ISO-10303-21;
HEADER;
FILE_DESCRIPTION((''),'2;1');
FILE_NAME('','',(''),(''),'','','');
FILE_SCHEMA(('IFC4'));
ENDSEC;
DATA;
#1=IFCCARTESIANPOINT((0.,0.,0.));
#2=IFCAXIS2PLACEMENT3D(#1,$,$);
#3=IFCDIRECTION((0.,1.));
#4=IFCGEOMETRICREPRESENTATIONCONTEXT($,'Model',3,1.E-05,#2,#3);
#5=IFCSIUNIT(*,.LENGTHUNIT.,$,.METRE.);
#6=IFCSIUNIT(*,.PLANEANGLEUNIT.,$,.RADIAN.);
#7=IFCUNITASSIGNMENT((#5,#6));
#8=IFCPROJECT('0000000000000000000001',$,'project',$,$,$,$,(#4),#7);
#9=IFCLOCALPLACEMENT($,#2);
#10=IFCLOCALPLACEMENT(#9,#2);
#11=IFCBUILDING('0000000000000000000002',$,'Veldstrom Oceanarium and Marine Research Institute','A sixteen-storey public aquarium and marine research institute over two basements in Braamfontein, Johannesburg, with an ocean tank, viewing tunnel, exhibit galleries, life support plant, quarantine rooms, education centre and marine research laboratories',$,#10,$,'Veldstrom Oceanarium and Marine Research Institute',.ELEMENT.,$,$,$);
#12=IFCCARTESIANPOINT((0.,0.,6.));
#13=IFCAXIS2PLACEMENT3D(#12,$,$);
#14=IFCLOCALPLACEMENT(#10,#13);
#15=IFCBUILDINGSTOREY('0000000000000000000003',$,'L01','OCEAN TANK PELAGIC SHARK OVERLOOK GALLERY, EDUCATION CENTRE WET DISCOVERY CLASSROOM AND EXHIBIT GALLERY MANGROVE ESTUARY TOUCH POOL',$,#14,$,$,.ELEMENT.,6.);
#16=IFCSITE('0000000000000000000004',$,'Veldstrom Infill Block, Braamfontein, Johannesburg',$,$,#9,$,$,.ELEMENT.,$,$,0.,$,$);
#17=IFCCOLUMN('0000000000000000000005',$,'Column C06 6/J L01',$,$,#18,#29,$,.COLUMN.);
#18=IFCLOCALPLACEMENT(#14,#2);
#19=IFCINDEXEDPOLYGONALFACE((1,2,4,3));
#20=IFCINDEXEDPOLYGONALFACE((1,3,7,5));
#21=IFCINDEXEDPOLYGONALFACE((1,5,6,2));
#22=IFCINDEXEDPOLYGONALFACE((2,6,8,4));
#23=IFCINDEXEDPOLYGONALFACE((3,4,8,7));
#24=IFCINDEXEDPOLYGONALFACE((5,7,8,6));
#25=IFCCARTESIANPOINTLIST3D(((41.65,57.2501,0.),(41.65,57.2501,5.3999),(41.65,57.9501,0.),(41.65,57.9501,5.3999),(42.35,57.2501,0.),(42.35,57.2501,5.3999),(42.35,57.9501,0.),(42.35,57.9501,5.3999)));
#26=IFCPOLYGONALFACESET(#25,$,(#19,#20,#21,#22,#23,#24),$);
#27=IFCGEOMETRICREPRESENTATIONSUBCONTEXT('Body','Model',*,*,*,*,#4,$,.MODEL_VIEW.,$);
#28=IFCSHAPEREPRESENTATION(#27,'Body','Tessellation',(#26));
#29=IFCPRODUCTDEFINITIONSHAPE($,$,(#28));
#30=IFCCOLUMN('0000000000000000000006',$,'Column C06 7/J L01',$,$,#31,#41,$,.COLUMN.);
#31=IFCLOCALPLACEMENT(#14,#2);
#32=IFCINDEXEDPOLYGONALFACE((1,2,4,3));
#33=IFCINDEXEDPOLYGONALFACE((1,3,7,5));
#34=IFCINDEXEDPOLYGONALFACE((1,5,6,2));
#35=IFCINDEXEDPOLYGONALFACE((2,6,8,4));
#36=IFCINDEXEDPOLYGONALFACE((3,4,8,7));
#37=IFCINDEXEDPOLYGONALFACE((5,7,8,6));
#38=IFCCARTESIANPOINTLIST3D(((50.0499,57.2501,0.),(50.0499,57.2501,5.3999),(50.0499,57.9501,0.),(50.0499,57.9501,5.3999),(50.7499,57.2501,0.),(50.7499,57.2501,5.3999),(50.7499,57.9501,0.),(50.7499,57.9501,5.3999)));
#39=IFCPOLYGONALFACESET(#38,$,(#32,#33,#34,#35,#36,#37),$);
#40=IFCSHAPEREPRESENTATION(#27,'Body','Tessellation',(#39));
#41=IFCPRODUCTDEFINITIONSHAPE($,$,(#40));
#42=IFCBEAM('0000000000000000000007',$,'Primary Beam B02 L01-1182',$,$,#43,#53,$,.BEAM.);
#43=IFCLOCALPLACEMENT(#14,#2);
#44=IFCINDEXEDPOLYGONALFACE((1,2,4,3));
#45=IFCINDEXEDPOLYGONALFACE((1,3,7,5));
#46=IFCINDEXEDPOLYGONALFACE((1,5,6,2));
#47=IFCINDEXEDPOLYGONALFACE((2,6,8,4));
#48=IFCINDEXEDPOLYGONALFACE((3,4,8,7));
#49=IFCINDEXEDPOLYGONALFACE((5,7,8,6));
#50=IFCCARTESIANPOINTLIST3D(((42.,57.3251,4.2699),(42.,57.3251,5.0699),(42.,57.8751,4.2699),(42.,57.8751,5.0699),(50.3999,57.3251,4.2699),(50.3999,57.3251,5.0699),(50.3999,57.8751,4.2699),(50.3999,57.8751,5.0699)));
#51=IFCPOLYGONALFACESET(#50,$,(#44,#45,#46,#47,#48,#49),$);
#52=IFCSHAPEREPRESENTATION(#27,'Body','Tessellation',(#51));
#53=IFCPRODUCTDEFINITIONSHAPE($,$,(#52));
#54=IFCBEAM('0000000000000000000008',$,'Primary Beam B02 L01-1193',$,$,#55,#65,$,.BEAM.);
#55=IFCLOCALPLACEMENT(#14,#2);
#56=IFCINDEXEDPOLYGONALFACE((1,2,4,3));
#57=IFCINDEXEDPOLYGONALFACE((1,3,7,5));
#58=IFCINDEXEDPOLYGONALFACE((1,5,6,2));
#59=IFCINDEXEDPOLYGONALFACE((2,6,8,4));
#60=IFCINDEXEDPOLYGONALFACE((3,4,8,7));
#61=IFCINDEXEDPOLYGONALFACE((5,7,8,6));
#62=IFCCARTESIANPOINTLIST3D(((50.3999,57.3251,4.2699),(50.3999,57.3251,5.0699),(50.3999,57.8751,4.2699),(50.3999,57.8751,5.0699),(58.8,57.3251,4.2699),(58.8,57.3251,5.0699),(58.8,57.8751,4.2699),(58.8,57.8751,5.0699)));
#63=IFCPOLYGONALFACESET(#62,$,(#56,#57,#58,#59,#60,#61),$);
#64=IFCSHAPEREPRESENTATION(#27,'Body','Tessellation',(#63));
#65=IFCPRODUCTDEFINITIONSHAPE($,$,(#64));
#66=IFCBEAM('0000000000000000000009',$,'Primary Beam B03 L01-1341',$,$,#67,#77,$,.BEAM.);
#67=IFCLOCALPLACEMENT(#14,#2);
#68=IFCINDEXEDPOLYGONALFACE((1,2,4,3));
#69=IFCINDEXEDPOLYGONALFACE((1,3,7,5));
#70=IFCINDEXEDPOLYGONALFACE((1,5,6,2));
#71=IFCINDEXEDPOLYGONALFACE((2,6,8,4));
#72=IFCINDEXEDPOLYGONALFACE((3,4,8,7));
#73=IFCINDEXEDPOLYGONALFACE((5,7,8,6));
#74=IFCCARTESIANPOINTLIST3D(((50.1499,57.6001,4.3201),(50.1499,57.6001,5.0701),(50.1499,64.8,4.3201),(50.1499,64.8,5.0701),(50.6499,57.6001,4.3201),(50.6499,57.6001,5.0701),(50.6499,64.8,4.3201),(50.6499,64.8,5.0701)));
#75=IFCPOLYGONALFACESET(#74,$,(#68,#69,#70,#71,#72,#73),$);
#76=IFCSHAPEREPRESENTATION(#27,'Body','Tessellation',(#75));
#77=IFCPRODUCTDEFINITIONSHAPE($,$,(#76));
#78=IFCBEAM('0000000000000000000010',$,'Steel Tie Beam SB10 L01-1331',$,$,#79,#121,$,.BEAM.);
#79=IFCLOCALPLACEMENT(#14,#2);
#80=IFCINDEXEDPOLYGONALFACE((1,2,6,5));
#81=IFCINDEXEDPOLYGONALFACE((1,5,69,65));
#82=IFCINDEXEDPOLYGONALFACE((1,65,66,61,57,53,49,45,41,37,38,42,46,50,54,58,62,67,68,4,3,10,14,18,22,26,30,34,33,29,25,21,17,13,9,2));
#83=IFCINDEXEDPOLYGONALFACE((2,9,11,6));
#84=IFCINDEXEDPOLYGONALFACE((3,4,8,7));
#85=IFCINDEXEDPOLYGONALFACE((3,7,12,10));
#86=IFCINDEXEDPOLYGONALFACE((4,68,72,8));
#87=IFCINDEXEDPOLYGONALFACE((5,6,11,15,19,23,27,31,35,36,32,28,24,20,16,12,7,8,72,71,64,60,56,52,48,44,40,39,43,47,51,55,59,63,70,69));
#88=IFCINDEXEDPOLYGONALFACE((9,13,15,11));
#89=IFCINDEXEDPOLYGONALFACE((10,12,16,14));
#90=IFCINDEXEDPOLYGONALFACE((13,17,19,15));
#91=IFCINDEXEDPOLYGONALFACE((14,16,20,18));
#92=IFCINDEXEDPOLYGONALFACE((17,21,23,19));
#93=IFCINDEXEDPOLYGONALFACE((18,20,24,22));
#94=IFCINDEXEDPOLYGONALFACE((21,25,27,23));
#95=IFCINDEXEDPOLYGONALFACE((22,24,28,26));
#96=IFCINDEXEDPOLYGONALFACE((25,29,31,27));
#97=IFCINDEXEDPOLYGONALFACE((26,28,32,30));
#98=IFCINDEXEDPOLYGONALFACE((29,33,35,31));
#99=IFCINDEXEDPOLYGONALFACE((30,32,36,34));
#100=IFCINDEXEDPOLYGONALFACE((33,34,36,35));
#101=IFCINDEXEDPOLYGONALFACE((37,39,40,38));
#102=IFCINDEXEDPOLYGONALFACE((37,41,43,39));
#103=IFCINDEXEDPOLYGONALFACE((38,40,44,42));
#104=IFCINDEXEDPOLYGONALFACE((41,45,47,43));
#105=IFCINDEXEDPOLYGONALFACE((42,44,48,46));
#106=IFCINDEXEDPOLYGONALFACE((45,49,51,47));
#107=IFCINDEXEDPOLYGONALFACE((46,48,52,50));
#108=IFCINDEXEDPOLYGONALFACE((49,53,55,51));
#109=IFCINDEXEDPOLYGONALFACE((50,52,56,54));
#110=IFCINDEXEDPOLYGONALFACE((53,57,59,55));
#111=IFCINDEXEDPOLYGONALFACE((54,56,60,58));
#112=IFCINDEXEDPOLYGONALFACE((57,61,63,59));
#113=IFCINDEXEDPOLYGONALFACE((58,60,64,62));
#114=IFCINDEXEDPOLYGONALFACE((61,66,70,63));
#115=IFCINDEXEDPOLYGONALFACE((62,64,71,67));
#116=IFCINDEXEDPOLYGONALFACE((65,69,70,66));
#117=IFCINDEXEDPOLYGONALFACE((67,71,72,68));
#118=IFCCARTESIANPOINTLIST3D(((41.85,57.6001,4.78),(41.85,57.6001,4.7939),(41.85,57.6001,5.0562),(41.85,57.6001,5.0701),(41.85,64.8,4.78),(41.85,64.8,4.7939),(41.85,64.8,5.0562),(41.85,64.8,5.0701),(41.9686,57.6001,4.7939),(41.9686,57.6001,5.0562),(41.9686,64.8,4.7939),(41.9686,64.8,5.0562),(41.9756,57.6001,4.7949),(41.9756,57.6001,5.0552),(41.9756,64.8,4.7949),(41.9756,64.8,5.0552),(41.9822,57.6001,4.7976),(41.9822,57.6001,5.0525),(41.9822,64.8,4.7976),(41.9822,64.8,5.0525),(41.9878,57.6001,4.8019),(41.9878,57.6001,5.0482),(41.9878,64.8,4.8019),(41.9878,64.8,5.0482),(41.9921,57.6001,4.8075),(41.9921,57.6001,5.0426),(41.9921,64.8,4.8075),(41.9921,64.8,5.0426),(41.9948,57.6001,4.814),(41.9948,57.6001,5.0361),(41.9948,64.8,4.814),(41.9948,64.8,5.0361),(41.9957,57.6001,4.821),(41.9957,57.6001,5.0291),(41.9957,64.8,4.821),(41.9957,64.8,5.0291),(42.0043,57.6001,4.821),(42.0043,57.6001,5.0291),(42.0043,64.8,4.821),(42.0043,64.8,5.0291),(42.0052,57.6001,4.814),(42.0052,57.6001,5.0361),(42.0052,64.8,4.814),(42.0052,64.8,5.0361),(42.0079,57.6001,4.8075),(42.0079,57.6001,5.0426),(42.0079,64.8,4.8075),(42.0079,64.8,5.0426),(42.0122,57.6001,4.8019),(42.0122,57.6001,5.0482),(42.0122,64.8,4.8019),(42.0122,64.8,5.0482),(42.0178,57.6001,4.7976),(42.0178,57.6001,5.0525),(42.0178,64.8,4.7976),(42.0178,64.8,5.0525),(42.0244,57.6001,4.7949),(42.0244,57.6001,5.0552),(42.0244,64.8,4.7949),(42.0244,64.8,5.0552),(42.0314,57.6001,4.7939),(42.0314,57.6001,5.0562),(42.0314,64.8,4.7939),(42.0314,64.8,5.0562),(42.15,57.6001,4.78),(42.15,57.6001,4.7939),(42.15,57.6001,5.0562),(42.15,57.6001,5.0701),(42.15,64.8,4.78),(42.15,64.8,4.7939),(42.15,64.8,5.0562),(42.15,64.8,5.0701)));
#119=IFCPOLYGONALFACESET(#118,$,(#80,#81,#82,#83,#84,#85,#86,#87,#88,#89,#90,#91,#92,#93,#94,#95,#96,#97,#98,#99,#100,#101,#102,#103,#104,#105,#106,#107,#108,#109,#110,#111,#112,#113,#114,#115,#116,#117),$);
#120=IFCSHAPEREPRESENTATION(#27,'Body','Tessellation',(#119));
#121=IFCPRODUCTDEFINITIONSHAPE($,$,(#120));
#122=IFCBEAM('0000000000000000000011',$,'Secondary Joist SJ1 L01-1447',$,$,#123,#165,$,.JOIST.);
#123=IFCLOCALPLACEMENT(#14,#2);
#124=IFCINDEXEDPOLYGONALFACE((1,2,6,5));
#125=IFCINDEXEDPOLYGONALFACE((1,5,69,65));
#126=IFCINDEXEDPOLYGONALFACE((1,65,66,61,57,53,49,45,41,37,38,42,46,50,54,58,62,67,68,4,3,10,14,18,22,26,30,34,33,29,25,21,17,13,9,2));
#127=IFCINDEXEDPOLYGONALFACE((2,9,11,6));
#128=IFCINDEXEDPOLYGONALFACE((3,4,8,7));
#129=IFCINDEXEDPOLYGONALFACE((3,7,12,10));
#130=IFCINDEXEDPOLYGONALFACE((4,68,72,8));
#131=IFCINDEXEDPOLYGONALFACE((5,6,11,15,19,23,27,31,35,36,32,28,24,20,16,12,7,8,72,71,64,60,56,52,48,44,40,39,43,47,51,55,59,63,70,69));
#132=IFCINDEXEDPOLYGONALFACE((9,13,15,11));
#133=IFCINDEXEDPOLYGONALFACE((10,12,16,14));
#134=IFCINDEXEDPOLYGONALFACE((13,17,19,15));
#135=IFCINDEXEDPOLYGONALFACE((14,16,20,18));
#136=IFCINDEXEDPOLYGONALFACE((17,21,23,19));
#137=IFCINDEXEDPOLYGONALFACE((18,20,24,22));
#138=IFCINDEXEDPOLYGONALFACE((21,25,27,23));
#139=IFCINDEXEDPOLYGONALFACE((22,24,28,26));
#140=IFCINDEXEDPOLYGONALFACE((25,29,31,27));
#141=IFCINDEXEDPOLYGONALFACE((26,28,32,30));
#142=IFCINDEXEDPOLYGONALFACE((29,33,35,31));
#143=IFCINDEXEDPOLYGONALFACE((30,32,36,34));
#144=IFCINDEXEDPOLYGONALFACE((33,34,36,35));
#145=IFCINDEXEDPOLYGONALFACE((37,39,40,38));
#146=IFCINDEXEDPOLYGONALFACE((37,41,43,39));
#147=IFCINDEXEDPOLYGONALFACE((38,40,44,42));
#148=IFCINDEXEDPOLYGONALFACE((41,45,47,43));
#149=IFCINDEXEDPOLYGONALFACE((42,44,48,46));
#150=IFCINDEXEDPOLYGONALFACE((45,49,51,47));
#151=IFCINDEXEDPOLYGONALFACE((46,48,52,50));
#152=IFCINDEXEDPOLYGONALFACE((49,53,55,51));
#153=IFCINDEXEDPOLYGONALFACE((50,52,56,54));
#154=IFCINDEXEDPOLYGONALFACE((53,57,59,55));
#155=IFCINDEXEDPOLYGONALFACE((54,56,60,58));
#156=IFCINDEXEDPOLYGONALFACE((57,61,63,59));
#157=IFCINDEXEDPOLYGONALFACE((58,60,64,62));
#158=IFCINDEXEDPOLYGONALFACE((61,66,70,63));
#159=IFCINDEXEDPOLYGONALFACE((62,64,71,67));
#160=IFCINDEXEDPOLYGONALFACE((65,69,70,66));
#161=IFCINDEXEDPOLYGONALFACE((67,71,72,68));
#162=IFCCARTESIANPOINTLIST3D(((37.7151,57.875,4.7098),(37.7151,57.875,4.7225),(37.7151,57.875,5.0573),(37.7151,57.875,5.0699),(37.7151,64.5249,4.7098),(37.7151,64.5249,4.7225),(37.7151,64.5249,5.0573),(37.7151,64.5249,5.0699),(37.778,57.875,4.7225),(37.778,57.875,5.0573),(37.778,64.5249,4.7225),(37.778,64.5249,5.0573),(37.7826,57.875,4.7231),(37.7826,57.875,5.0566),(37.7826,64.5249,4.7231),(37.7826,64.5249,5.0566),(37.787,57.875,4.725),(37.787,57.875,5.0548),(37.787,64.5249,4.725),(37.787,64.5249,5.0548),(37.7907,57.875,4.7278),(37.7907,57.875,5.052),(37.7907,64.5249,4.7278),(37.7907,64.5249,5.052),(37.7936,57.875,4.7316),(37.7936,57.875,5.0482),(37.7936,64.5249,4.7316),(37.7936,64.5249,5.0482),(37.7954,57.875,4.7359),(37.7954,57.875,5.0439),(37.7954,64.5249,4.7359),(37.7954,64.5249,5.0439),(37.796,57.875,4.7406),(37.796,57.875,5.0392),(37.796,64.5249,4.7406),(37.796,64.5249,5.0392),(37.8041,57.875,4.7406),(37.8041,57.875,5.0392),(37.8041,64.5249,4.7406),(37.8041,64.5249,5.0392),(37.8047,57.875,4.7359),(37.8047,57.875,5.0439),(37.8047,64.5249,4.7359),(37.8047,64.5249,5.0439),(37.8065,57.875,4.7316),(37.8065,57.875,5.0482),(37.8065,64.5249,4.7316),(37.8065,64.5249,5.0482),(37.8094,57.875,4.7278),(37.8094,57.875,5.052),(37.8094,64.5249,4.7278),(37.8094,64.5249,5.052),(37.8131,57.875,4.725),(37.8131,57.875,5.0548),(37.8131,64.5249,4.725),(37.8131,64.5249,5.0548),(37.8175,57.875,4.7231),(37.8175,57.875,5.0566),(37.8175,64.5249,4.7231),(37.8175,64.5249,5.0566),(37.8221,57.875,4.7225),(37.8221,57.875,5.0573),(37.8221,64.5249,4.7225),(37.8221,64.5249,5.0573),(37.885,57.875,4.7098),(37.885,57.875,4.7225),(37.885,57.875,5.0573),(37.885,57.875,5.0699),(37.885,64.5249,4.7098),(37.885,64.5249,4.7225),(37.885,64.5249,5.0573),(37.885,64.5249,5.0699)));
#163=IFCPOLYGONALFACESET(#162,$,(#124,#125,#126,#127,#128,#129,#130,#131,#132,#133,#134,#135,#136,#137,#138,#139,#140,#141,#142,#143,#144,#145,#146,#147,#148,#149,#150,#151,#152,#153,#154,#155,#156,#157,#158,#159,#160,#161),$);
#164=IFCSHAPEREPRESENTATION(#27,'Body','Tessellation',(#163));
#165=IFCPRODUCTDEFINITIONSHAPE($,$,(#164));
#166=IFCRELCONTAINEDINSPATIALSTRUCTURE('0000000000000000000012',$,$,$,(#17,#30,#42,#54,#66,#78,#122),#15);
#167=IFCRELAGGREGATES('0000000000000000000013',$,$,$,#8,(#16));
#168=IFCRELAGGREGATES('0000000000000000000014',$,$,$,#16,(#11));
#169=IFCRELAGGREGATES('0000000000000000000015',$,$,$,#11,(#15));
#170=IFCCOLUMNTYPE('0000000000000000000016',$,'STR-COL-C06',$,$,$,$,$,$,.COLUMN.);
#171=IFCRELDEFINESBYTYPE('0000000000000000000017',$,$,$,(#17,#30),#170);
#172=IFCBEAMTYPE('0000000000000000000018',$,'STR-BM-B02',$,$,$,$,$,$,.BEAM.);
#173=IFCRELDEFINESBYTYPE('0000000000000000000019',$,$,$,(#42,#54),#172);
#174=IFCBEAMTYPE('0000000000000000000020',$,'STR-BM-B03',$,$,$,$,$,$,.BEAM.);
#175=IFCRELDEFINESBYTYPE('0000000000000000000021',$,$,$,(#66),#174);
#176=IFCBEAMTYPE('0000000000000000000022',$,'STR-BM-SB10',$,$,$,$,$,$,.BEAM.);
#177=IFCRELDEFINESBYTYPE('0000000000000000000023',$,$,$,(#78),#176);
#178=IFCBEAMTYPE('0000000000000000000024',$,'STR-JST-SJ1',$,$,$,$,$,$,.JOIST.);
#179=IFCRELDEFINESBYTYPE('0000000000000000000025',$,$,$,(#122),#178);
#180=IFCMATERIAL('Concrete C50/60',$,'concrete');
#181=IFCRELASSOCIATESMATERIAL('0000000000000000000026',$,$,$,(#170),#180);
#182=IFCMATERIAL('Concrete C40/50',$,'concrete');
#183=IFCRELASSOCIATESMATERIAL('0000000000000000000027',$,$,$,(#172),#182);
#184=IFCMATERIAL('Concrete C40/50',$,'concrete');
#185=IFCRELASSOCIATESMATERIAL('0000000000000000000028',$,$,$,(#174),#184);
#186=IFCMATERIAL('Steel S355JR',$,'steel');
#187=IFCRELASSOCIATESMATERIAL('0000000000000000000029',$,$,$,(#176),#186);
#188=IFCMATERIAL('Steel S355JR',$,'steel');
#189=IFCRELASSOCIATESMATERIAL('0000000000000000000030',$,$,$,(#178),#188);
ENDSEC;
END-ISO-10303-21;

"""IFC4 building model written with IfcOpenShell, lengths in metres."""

from ifc_helpers import new_model, si_unit, direction, frame, origin, origin_2d, place, context, subcontext, project, spatial, rectangle, i_section, extrude, material, material_profile, profile_set, type_object, element, save


model = new_model("IFC4")

# Units and contexts
model_context = context("Model", 3, precision=1e-05, world=origin(), true_north=direction((0.0, 1.0)))
body_context = subcontext(model_context, "Body", "Model", "MODEL_VIEW")
ifc_project = project(units=[si_unit("LENGTHUNIT", "METRE"), si_unit("PLANEANGLEUNIT", "RADIAN")], contexts=[model_context])

# Site, building, storey
site_placement = place(None, origin())
site = spatial("IfcSite", under=ifc_project, at=site_placement, Name="Veldstrom Infill Block, Braamfontein, Johannesburg", CompositionType="ELEMENT", RefElevation=0.0)
building_placement = place(site_placement, origin())
building = spatial("IfcBuilding", under=site, at=building_placement, Name="Veldstrom Oceanarium and Marine Research Institute", Description="A sixteen-storey public aquarium and marine research institute over two basements in Braamfontein, Johannesburg, with an ocean tank, viewing tunnel, exhibit galleries, life support plant, quarantine rooms, education centre and marine research laboratories", LongName="Veldstrom Oceanarium and Marine Research Institute", CompositionType="ELEMENT")
storey_placement = place(building_placement, frame((0.0, 0.0, 6.0)))
storey = spatial("IfcBuildingStorey", under=building, at=storey_placement, Name="L01", Description="OCEAN TANK PELAGIC SHARK OVERLOOK GALLERY, EDUCATION CENTRE WET DISCOVERY CLASSROOM AND EXHIBIT GALLERY MANGROVE ESTUARY TOUCH POOL", CompositionType="ELEMENT", Elevation=6.0)

# Columns
ifc_material_1 = material(Name="Concrete C50/60", Category="concrete")
ifc_material_profile_1 = material_profile(ifc_material_1, rectangle(XDim=0.7, YDim=0.7, at=origin_2d()), Name="RC-COL-700x700")
ifc_profile_set_1 = profile_set([ifc_material_profile_1], Name="Concrete C50/60")
column_type = type_object("IfcColumnType", Name="STR-COL-C06", PredefinedType="COLUMN", material=ifc_profile_set_1)
for number, where, z_axis, x_axis, name in (
    (1, (42.0, 57.6001, 0.0), (0.0, 0.0, 1.0), (1.0, 0.0, 0.0), "Column C06 6/J L01"),
    (2, (50.3999, 57.6001, 0.0), (0.0, 0.0, 1.0), (1.0, 0.0, 0.0), "Column C06 7/J L01"),
):
    element("IfcColumn", number, at=place(storey_placement, frame(where, z_axis=z_axis, x_axis=x_axis)), inside=storey, type_object=column_type, Name=name, PredefinedType="COLUMN", context=body_context, shape_type="SweptSolid", body=[
        extrude(rectangle(XDim=0.7, YDim=0.7, at=origin_2d()), origin(), (0.0, 0.0, 1.0), 5.3999),
    ])

# Beams
ifc_material_2 = material(Name="Concrete C40/50", Category="concrete")
ifc_material_profile_2 = material_profile(ifc_material_2, rectangle(XDim=0.55, YDim=0.8, at=origin_2d()), Name="RC-BM-550x800")
ifc_profile_set_2 = profile_set([ifc_material_profile_2], Name="Concrete C40/50")
beam_type_1 = type_object("IfcBeamType", Name="STR-BM-B02", PredefinedType="BEAM", material=ifc_profile_set_2)
beam_1_placement = place(storey_placement, frame((42.0, 57.6001, 4.6699), z_axis=(1.0, 0.0, 0.0), x_axis=(0.0, 1.0, 0.0)))
element("IfcBeam", 3, at=beam_1_placement, inside=storey, type_object=beam_type_1, Name="Primary Beam B02 L01-1182", PredefinedType="BEAM", context=body_context, shape_type="SweptSolid", body=[
    extrude(rectangle(XDim=0.55, YDim=0.8, at=origin_2d()), origin(), (0.0, 0.0, 1.0), 8.3999),
])
beam_2_placement = place(storey_placement, frame((50.3999, 57.6001, 4.6699), z_axis=(1.0, 0.0, 0.0), x_axis=(0.0, 1.0, 0.0)))
element("IfcBeam", 4, at=beam_2_placement, inside=storey, type_object=beam_type_1, Name="Primary Beam B02 L01-1193", PredefinedType="BEAM", context=body_context, shape_type="SweptSolid", body=[
    extrude(rectangle(XDim=0.55, YDim=0.8, at=origin_2d()), origin(), (0.0, 0.0, 1.0), 8.4001),
])
ifc_material_3 = material(Name="Concrete C40/50", Category="concrete")
ifc_material_profile_3 = material_profile(ifc_material_3, rectangle(XDim=0.5, YDim=0.75, at=origin_2d()), Name="RC-BM-500x750")
ifc_profile_set_3 = profile_set([ifc_material_profile_3], Name="Concrete C40/50")
beam_type_2 = type_object("IfcBeamType", Name="STR-BM-B03", PredefinedType="BEAM", material=ifc_profile_set_3)
beam_3_placement = place(storey_placement, frame((50.3999, 57.6001, 4.6951), z_axis=(0.0, 1.0, 0.0), x_axis=(-1.0, 0.0, 0.0)))
element("IfcBeam", 5, at=beam_3_placement, inside=storey, type_object=beam_type_2, Name="Primary Beam B03 L01-1341", PredefinedType="BEAM", context=body_context, shape_type="SweptSolid", body=[
    extrude(rectangle(XDim=0.5, YDim=0.75, at=origin_2d()), origin(), (0.0, 0.0, 1.0), 7.2),
])
ifc_material_4 = material(Name="Steel S355JR", Category="steel")
ifc_material_profile_4 = material_profile(ifc_material_4, i_section(OverallWidth=0.3, OverallDepth=0.29, WebThickness=0.0085, FlangeThickness=0.0139, FilletRadius=0.0271, at=origin_2d()), Name="HEA 300")
ifc_profile_set_4 = profile_set([ifc_material_profile_4], Name="Steel S355JR")
beam_type_3 = type_object("IfcBeamType", Name="STR-BM-SB10", PredefinedType="BEAM", material=ifc_profile_set_4)
beam_4_placement = place(storey_placement, frame((42.0, 57.6001, 4.925), z_axis=(0.0, 1.0, 0.0), x_axis=(-1.0, 0.0, 0.0)))
element("IfcBeam", 6, at=beam_4_placement, inside=storey, type_object=beam_type_3, Name="Steel Tie Beam SB10 L01-1331", PredefinedType="BEAM", context=body_context, shape_type="SweptSolid", body=[
    extrude(i_section(OverallWidth=0.3, OverallDepth=0.29, WebThickness=0.0085, FlangeThickness=0.0139, FilletRadius=0.0271, at=origin_2d()), origin(), (0.0, 0.0, 1.0), 7.2),
])
ifc_material_5 = material(Name="Steel S355JR", Category="steel")
ifc_material_profile_5 = material_profile(ifc_material_5, i_section(OverallWidth=0.1699, OverallDepth=0.3601, WebThickness=0.0081, FlangeThickness=0.0127, FilletRadius=0.0181, at=origin_2d()), Name="IPE 360")
ifc_profile_set_5 = profile_set([ifc_material_profile_5], Name="Steel S355JR")
beam_type_4 = type_object("IfcBeamType", Name="STR-JST-SJ1", PredefinedType="JOIST", material=ifc_profile_set_5)
beam_5_placement = place(storey_placement, frame((37.8, 57.875, 4.8899), z_axis=(0.0, 1.0, 0.0), x_axis=(-1.0, 0.0, 0.0)))
element("IfcBeam", 7, at=beam_5_placement, inside=storey, type_object=beam_type_4, Name="Secondary Joist SJ1 L01-1447", PredefinedType="JOIST", context=body_context, shape_type="SweptSolid", body=[
    extrude(i_section(OverallWidth=0.1699, OverallDepth=0.3601, WebThickness=0.0081, FlangeThickness=0.0127, FilletRadius=0.0181, at=origin_2d()), origin(), (0.0, 0.0, 1.0), 6.6499),
])

save(model, "model.ifc")
